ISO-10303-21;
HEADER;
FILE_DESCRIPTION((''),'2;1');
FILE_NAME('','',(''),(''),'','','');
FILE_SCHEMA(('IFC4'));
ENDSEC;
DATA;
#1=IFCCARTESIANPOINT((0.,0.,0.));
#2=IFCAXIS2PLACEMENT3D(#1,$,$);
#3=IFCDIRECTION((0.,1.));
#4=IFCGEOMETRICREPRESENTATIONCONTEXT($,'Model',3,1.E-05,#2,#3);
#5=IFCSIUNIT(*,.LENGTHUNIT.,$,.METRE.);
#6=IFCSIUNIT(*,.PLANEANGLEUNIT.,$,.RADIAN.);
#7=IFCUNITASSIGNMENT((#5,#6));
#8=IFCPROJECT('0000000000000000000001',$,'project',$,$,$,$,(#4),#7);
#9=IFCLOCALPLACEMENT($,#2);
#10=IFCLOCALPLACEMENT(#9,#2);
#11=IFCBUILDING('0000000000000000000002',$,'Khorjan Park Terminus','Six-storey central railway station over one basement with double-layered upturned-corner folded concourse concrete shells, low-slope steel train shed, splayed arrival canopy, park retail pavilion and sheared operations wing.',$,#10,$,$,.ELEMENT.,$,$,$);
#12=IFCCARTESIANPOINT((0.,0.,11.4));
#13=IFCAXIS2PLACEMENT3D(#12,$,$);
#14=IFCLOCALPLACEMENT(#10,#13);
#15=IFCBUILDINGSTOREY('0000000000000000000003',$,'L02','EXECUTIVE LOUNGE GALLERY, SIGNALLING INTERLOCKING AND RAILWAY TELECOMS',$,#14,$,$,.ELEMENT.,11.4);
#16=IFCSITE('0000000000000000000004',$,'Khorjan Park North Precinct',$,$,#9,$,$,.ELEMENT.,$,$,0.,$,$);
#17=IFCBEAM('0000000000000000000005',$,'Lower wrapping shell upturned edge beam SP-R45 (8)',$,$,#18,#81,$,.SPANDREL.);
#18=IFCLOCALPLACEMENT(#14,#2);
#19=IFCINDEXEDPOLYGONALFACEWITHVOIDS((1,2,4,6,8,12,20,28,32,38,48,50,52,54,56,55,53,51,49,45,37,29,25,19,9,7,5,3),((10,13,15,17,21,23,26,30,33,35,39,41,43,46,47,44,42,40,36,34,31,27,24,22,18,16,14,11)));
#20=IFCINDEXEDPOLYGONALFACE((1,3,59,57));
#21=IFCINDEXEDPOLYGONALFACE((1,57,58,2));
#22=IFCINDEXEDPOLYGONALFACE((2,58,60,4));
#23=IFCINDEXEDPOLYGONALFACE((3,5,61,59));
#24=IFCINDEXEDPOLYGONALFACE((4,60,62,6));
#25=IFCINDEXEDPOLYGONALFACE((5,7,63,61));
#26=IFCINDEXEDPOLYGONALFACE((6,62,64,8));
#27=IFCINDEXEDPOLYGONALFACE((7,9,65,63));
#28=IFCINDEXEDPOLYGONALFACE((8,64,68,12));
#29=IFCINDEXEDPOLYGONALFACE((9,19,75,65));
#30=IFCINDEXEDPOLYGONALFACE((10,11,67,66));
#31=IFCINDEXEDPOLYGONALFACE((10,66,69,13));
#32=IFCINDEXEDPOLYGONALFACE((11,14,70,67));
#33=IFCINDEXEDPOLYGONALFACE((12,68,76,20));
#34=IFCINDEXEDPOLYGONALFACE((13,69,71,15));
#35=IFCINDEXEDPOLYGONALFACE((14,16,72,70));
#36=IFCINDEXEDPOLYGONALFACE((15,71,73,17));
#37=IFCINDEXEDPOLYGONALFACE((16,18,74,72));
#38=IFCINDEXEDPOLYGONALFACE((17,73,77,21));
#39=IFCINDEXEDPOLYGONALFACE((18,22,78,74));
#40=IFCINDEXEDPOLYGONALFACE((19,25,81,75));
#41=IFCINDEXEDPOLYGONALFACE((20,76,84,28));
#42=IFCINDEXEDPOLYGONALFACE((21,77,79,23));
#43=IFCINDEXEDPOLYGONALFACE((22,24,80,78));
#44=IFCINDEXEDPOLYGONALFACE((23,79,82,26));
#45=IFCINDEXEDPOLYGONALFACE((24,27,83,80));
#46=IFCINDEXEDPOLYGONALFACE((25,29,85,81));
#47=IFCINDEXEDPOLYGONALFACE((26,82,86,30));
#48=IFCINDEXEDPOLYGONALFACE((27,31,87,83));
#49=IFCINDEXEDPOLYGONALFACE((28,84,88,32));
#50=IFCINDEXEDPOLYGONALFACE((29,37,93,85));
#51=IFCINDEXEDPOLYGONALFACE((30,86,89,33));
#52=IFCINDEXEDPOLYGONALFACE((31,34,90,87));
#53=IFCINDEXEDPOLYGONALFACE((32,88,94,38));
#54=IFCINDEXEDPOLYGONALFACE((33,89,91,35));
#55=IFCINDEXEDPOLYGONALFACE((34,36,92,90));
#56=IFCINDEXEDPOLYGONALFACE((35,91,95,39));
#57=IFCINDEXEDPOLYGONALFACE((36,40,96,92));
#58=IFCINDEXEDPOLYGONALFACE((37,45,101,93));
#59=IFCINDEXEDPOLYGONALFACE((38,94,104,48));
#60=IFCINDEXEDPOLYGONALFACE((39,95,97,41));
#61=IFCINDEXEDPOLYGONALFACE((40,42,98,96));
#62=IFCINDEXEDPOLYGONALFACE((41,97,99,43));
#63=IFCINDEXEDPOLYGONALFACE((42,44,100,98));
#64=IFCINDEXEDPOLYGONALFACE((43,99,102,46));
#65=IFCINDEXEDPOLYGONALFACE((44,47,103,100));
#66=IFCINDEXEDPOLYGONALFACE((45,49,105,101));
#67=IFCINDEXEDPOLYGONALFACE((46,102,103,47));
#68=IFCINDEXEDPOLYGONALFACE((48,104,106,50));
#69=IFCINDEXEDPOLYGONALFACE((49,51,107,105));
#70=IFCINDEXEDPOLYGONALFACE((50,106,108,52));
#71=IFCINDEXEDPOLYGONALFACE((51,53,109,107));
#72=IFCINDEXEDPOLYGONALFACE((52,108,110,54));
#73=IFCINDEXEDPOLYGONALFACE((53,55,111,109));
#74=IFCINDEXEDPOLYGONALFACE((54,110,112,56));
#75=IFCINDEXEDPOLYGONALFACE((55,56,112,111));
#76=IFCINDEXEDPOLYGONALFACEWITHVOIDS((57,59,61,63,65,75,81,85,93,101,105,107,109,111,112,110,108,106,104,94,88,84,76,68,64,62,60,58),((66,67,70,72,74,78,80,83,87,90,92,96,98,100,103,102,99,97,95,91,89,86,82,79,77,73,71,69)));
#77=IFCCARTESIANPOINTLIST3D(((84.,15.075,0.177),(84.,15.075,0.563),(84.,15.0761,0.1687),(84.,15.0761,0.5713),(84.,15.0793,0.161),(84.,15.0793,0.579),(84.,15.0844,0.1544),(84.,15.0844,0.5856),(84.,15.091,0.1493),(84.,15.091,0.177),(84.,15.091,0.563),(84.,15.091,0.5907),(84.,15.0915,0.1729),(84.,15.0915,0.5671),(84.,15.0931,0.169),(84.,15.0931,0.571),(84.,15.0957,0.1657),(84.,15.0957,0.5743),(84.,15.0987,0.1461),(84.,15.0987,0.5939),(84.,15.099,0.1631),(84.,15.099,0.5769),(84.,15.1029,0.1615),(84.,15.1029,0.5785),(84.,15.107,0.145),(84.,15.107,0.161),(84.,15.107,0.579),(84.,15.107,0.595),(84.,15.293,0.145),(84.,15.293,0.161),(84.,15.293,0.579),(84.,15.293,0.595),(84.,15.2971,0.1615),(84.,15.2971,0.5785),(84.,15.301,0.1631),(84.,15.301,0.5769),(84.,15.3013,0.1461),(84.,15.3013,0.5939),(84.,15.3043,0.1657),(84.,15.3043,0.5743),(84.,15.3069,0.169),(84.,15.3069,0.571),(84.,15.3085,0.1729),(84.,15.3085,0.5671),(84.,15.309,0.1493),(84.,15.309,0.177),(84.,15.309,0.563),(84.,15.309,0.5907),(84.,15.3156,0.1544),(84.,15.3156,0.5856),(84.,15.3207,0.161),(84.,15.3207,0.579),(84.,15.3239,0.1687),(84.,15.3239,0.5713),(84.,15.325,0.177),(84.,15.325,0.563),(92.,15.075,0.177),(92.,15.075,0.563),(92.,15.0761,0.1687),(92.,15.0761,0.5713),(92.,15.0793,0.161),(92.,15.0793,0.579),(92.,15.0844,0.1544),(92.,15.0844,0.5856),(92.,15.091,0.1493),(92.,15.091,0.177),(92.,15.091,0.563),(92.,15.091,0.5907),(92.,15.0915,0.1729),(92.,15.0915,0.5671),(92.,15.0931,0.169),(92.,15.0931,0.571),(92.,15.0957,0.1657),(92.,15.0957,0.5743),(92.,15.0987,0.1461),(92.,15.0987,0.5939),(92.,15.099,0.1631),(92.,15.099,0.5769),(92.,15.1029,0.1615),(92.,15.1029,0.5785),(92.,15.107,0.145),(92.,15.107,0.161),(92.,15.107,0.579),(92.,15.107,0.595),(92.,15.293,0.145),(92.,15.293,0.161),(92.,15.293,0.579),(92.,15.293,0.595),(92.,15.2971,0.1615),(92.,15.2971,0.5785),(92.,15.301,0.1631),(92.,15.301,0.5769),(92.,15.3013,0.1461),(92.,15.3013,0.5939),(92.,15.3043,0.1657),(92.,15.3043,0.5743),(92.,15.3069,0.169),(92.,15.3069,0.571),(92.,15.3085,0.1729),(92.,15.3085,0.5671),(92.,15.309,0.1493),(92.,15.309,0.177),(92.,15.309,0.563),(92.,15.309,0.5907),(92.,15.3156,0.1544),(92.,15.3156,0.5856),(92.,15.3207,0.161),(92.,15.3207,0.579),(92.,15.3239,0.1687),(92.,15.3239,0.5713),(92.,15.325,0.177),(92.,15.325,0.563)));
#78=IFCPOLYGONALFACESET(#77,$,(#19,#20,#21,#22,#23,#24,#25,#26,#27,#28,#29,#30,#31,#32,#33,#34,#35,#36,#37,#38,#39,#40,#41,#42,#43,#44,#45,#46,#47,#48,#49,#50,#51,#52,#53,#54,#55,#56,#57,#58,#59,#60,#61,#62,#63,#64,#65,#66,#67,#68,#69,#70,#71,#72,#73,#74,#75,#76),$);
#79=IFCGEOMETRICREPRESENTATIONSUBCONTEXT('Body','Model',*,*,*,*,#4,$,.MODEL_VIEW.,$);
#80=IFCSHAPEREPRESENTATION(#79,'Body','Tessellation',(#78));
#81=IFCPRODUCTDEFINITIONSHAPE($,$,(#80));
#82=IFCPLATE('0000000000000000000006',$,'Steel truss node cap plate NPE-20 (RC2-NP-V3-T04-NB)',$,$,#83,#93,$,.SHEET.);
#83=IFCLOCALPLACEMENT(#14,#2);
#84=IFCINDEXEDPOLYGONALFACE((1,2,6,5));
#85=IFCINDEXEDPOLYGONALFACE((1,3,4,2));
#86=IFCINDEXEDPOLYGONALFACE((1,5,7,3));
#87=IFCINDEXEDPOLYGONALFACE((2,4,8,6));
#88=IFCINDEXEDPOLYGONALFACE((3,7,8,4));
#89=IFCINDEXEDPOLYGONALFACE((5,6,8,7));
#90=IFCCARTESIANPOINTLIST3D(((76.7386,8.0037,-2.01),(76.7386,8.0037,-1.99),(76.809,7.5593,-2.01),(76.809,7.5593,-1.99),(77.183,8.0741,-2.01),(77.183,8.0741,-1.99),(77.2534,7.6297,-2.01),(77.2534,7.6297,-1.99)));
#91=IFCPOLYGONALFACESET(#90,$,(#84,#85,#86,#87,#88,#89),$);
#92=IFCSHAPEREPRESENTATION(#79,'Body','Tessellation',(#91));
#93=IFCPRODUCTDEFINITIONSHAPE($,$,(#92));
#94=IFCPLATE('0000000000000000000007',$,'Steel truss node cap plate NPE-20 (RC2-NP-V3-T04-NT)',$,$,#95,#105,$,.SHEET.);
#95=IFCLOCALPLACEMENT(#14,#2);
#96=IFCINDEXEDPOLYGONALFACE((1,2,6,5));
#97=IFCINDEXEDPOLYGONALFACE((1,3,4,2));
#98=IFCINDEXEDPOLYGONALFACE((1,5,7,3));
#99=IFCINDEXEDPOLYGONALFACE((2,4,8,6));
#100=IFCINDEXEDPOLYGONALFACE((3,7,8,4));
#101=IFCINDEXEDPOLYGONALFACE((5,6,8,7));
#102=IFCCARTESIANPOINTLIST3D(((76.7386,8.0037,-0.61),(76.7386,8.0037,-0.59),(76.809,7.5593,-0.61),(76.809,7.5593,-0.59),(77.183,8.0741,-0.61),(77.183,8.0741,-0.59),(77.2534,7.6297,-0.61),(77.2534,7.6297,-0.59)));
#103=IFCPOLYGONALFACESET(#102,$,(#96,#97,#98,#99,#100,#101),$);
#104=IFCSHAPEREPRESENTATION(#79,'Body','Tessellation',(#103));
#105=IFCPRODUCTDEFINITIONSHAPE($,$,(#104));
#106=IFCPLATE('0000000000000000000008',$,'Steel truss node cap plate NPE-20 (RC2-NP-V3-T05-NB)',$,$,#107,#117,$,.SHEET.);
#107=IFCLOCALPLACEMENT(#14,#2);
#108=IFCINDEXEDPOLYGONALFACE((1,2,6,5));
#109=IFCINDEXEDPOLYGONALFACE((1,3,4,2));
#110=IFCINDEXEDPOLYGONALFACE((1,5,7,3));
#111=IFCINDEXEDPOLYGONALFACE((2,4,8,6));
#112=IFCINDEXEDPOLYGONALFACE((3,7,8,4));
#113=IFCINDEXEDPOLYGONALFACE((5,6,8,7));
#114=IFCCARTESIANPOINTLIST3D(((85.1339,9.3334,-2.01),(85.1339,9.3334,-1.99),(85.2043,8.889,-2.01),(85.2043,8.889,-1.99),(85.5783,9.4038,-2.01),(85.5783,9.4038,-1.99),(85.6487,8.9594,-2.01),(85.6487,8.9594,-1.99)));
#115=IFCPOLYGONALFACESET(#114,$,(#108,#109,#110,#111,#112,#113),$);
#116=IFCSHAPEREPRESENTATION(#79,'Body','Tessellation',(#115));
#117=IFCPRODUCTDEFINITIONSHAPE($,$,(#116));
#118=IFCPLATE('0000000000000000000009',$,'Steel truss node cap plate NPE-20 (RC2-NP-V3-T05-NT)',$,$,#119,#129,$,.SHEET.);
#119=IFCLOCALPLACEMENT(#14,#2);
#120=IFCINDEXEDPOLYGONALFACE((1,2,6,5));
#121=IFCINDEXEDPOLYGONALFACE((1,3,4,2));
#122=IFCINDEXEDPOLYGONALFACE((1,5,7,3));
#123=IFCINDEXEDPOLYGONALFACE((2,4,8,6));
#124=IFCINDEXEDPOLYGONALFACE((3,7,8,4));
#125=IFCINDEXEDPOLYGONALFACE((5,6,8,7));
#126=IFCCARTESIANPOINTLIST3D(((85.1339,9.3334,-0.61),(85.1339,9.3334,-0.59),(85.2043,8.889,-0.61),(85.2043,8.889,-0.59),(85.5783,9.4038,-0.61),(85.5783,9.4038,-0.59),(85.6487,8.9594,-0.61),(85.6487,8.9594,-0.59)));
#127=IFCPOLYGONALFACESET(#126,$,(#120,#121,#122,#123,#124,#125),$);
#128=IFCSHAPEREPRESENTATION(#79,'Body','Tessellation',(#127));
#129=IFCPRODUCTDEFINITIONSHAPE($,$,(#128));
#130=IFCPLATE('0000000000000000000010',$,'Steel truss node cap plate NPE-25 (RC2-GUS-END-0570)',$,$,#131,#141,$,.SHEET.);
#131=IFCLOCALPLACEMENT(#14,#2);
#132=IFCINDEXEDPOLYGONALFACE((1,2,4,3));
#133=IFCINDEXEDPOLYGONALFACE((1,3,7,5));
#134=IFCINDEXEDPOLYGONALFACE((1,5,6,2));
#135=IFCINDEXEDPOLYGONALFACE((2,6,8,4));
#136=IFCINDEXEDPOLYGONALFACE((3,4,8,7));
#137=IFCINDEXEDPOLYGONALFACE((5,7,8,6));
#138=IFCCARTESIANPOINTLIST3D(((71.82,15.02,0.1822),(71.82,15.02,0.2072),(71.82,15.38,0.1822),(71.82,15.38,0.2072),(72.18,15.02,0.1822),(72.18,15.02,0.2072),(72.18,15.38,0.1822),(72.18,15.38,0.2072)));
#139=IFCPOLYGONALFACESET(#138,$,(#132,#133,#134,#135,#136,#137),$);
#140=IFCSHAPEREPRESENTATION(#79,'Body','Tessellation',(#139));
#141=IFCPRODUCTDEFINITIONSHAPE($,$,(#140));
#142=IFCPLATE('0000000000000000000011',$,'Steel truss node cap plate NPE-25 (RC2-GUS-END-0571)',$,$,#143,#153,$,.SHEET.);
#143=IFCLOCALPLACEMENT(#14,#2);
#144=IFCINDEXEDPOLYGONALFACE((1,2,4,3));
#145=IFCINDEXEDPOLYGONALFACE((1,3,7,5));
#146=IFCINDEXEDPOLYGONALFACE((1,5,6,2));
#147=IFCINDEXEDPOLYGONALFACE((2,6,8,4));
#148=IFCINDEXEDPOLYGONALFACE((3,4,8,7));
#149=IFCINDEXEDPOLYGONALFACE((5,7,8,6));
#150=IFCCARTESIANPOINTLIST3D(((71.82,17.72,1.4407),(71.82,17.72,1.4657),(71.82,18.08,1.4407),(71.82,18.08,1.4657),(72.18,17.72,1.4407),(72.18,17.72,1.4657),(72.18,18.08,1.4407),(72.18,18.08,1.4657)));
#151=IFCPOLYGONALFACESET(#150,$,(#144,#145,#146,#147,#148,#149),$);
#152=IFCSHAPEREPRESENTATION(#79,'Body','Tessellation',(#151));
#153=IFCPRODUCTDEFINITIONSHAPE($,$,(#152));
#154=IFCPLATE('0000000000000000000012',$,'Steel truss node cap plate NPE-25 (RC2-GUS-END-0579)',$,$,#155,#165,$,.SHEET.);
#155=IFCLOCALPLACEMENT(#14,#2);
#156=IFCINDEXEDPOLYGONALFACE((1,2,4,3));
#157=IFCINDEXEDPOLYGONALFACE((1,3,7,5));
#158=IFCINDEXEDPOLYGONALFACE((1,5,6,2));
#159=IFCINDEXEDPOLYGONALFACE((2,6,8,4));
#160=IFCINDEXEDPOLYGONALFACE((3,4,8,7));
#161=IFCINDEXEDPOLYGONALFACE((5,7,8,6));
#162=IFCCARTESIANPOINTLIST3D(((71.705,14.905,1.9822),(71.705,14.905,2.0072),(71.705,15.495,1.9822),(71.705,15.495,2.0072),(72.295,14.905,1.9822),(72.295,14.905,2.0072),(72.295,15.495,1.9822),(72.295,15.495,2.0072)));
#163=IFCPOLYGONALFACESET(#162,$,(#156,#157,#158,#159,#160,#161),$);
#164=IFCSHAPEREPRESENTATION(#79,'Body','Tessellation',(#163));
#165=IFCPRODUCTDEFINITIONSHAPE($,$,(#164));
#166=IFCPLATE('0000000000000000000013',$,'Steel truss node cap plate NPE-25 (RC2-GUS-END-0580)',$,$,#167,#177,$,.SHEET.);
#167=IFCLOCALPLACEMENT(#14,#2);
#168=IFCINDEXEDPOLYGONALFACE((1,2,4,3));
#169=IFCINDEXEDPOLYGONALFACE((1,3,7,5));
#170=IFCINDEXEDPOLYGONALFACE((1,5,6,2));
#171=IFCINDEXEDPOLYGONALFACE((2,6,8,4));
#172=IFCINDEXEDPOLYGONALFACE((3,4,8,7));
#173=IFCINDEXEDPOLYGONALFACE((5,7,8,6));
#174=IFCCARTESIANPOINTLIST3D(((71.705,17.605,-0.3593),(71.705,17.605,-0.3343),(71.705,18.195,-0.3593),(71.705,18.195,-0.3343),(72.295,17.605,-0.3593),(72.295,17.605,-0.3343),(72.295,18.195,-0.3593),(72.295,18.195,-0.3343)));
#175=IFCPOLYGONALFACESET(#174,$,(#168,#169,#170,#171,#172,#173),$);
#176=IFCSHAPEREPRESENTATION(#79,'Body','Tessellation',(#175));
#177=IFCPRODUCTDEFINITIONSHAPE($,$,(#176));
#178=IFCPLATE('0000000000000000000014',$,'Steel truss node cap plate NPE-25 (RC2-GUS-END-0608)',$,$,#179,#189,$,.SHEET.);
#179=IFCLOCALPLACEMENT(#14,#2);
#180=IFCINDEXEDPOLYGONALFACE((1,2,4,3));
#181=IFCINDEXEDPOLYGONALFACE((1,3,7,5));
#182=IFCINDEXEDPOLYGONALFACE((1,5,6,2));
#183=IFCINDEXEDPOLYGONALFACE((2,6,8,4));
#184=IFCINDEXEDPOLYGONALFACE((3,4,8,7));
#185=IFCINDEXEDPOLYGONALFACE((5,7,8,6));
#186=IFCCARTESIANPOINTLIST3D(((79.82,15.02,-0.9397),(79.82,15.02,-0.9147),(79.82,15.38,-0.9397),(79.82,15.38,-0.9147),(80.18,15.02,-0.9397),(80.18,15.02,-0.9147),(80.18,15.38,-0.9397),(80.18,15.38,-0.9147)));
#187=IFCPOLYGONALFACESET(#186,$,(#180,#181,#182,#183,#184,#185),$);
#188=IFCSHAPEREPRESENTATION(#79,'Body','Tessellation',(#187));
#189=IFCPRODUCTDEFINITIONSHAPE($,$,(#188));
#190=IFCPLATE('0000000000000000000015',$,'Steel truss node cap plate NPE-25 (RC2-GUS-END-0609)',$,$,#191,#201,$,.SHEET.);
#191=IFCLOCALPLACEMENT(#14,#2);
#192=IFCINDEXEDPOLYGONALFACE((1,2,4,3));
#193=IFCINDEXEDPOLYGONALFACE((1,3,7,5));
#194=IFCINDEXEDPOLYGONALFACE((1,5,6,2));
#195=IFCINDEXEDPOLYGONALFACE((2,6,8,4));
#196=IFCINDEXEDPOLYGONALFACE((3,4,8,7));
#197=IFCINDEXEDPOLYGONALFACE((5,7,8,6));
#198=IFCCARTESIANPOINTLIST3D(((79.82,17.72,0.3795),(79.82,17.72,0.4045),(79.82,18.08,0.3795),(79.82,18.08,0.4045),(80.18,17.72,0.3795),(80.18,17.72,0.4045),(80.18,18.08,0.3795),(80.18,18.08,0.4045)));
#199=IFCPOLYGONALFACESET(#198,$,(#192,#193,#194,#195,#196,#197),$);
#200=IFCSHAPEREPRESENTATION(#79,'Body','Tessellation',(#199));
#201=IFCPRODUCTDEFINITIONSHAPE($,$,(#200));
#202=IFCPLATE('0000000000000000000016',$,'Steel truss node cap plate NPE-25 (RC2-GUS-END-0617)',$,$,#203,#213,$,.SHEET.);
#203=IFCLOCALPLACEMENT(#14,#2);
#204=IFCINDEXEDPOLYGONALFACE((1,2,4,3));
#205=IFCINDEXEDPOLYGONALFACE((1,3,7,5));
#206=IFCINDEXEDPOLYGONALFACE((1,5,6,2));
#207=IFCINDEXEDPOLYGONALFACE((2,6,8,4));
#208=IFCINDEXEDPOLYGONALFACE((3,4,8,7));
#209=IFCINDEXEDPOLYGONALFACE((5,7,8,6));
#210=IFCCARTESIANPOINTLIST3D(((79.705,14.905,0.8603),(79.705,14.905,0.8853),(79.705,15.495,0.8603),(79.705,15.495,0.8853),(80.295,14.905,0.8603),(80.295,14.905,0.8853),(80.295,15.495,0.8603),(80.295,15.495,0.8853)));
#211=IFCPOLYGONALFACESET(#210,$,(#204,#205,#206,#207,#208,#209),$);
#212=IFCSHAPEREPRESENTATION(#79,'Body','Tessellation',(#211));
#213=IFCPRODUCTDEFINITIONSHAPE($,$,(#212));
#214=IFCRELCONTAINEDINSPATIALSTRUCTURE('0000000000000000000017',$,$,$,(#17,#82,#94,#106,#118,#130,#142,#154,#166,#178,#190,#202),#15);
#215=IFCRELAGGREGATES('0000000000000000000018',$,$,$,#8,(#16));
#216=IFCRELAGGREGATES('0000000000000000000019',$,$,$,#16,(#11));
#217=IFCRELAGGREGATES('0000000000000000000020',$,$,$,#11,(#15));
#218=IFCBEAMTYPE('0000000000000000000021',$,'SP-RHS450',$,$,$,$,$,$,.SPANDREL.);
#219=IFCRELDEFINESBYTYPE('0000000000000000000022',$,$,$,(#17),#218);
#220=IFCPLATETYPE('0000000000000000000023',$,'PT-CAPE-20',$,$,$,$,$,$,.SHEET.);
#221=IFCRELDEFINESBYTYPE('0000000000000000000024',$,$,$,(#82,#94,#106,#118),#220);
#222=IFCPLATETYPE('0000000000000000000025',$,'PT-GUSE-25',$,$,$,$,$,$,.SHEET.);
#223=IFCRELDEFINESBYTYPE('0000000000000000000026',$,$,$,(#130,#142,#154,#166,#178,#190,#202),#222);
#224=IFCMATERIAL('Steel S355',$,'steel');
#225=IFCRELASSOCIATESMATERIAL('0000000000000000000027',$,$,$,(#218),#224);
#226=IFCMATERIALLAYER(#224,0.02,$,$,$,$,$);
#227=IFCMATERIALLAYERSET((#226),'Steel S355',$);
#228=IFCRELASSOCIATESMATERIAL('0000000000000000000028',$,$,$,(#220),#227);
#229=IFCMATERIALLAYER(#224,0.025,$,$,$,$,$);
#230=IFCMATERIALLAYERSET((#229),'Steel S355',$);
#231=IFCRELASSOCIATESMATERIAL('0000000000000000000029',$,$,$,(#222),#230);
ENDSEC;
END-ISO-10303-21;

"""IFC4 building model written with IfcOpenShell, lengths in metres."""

from ifc_helpers import new_model, si_unit, direction, frame, origin, origin_2d, place, context, subcontext, project, spatial, rectangle, hollow_rectangle, extrude, material, layer, layer_set, material_profile, profile_set, type_object, element, save


model = new_model("IFC4")

# Units and contexts
model_context = context("Model", 3, precision=1e-05, world=origin(), true_north=direction((0.0, 1.0)))
body_context = subcontext(model_context, "Body", "Model", "MODEL_VIEW")
ifc_project = project(units=[si_unit("LENGTHUNIT", "METRE"), si_unit("PLANEANGLEUNIT", "RADIAN")], contexts=[model_context])

# Site, building, storey
site_placement = place(None, origin())
site = spatial("IfcSite", under=ifc_project, at=site_placement, Name="Khorjan Park North Precinct", CompositionType="ELEMENT", RefElevation=0.0)
building_placement = place(site_placement, origin())
building = spatial("IfcBuilding", under=site, at=building_placement, Name="Khorjan Park Terminus", Description="Six-storey central railway station over one basement with double-layered upturned-corner folded concourse concrete shells, low-slope steel train shed, splayed arrival canopy, park retail pavilion and sheared operations wing.", CompositionType="ELEMENT")
storey_placement = place(building_placement, frame((0.0, 0.0, 11.4)))
storey = spatial("IfcBuildingStorey", under=building, at=storey_placement, Name="L02", Description="EXECUTIVE LOUNGE GALLERY, SIGNALLING INTERLOCKING AND RAILWAY TELECOMS", CompositionType="ELEMENT", Elevation=11.4)

# Shared definitions
ifc_material_1 = material(Name="Steel S355", Category="steel")

# Beam
ifc_material_profile_1 = material_profile(ifc_material_1, hollow_rectangle(XDim=0.25, YDim=0.45, WallThickness=0.016, InnerFilletRadius=0.016, OuterFilletRadius=0.032, at=origin_2d()), Name="RHS 450x250x16")
ifc_profile_set_1 = profile_set([ifc_material_profile_1], Name="Steel S355")
beam_type = type_object("IfcBeamType", Name="SP-RHS450", PredefinedType="SPANDREL", material=ifc_profile_set_1)
beam_1_placement = place(storey_placement, frame((84.0, 15.2, 0.37), z_axis=(1.0, 0.0, 0.0), x_axis=(0.0, 1.0, 0.0)))
element("IfcBeam", 1, at=beam_1_placement, inside=storey, type_object=beam_type, Name="Lower wrapping shell upturned edge beam SP-R45 (8)", PredefinedType="SPANDREL", context=body_context, shape_type="SweptSolid", body=[
    extrude(hollow_rectangle(XDim=0.25, YDim=0.45, WallThickness=0.016, InnerFilletRadius=0.016, OuterFilletRadius=0.032, at=origin_2d()), origin(), (0.0, 0.0, 1.0), 8.0),
])

# Plates
ifc_layer_1 = layer(ifc_material_1, 0.02)
ifc_layer_set_1 = layer_set([ifc_layer_1], Name="Steel S355")
plate_type_1 = type_object("IfcPlateType", Name="PT-CAPE-20", PredefinedType="SHEET", material=ifc_layer_set_1)
for number, where, z_axis, x_axis, name in (
    (2, (76.996, 7.8167, -2.01), (0.0, 0.0, 1.0), (0.987688, 0.156434, 0.0), "Steel truss node cap plate NPE-20 (RC2-NP-V3-T04-NB)"),
    (3, (76.996, 7.8167, -0.61), (0.0, 0.0, 1.0), (0.987688, 0.156434, 0.0), "Steel truss node cap plate NPE-20 (RC2-NP-V3-T04-NT)"),
    (4, (85.3913, 9.1464, -2.01), (0.0, 0.0, 1.0), (0.987688, 0.156434, 0.0), "Steel truss node cap plate NPE-20 (RC2-NP-V3-T05-NB)"),
    (5, (85.3913, 9.1464, -0.61), (0.0, 0.0, 1.0), (0.987688, 0.156434, 0.0), "Steel truss node cap plate NPE-20 (RC2-NP-V3-T05-NT)"),
):
    element("IfcPlate", number, at=place(storey_placement, frame(where, z_axis=z_axis, x_axis=x_axis)), inside=storey, type_object=plate_type_1, Name=name, PredefinedType="SHEET", context=body_context, shape_type="SweptSolid", body=[
        extrude(rectangle(XDim=0.45, YDim=0.45, at=origin_2d()), origin(), (0.0, 0.0, 1.0), 0.02),
    ])
ifc_layer_2 = layer(ifc_material_1, 0.025)
ifc_layer_set_2 = layer_set([ifc_layer_2], Name="Steel S355")
plate_type_2 = type_object("IfcPlateType", Name="PT-GUSE-25", PredefinedType="SHEET", material=ifc_layer_set_2)
for number, where, z_axis, x_axis, name in (
    (6, (72.0, 15.2, 0.1822), (0.0, 0.0, 1.0), (1.0, 0.0, 0.0), "Steel truss node cap plate NPE-25 (RC2-GUS-END-0570)"),
    (7, (72.0, 17.9, 1.4407), (0.0, 0.0, 1.0), (1.0, 0.0, 0.0), "Steel truss node cap plate NPE-25 (RC2-GUS-END-0571)"),
):
    element("IfcPlate", number, at=place(storey_placement, frame(where, z_axis=z_axis, x_axis=x_axis)), inside=storey, type_object=plate_type_2, Name=name, PredefinedType="SHEET", context=body_context, shape_type="SweptSolid", body=[
        extrude(rectangle(XDim=0.36, YDim=0.36, at=origin_2d()), origin(), (0.0, 0.0, 1.0), 0.025),
    ])
for number, where, z_axis, x_axis, name in (
    (8, (72.0, 15.2, 1.9822), (0.0, 0.0, 1.0), (1.0, 0.0, 0.0), "Steel truss node cap plate NPE-25 (RC2-GUS-END-0579)"),
    (9, (72.0, 17.9, -0.3593), (0.0, 0.0, 1.0), (1.0, 0.0, 0.0), "Steel truss node cap plate NPE-25 (RC2-GUS-END-0580)"),
):
    element("IfcPlate", number, at=place(storey_placement, frame(where, z_axis=z_axis, x_axis=x_axis)), inside=storey, type_object=plate_type_2, Name=name, PredefinedType="SHEET", context=body_context, shape_type="SweptSolid", body=[
        extrude(rectangle(XDim=0.59, YDim=0.59, at=origin_2d()), origin(), (0.0, 0.0, 1.0), 0.025),
    ])
for number, where, z_axis, x_axis, name in (
    (10, (80.0, 15.2, -0.9397), (0.0, 0.0, 1.0), (1.0, 0.0, 0.0), "Steel truss node cap plate NPE-25 (RC2-GUS-END-0608)"),
    (11, (80.0, 17.9, 0.3795), (0.0, 0.0, 1.0), (1.0, 0.0, 0.0), "Steel truss node cap plate NPE-25 (RC2-GUS-END-0609)"),
):
    element("IfcPlate", number, at=place(storey_placement, frame(where, z_axis=z_axis, x_axis=x_axis)), inside=storey, type_object=plate_type_2, Name=name, PredefinedType="SHEET", context=body_context, shape_type="SweptSolid", body=[
        extrude(rectangle(XDim=0.36, YDim=0.36, at=origin_2d()), origin(), (0.0, 0.0, 1.0), 0.025),
    ])
plate_1_placement = place(storey_placement, frame((80.0, 15.2, 0.8603), z_axis=(0.0, 0.0, 1.0), x_axis=(1.0, 0.0, 0.0)))
element("IfcPlate", 12, at=plate_1_placement, inside=storey, type_object=plate_type_2, Name="Steel truss node cap plate NPE-25 (RC2-GUS-END-0617)", PredefinedType="SHEET", context=body_context, shape_type="SweptSolid", body=[
    extrude(rectangle(XDim=0.59, YDim=0.59, at=origin_2d()), origin(), (0.0, 0.0, 1.0), 0.025),
])

save(model, "model.ifc")
